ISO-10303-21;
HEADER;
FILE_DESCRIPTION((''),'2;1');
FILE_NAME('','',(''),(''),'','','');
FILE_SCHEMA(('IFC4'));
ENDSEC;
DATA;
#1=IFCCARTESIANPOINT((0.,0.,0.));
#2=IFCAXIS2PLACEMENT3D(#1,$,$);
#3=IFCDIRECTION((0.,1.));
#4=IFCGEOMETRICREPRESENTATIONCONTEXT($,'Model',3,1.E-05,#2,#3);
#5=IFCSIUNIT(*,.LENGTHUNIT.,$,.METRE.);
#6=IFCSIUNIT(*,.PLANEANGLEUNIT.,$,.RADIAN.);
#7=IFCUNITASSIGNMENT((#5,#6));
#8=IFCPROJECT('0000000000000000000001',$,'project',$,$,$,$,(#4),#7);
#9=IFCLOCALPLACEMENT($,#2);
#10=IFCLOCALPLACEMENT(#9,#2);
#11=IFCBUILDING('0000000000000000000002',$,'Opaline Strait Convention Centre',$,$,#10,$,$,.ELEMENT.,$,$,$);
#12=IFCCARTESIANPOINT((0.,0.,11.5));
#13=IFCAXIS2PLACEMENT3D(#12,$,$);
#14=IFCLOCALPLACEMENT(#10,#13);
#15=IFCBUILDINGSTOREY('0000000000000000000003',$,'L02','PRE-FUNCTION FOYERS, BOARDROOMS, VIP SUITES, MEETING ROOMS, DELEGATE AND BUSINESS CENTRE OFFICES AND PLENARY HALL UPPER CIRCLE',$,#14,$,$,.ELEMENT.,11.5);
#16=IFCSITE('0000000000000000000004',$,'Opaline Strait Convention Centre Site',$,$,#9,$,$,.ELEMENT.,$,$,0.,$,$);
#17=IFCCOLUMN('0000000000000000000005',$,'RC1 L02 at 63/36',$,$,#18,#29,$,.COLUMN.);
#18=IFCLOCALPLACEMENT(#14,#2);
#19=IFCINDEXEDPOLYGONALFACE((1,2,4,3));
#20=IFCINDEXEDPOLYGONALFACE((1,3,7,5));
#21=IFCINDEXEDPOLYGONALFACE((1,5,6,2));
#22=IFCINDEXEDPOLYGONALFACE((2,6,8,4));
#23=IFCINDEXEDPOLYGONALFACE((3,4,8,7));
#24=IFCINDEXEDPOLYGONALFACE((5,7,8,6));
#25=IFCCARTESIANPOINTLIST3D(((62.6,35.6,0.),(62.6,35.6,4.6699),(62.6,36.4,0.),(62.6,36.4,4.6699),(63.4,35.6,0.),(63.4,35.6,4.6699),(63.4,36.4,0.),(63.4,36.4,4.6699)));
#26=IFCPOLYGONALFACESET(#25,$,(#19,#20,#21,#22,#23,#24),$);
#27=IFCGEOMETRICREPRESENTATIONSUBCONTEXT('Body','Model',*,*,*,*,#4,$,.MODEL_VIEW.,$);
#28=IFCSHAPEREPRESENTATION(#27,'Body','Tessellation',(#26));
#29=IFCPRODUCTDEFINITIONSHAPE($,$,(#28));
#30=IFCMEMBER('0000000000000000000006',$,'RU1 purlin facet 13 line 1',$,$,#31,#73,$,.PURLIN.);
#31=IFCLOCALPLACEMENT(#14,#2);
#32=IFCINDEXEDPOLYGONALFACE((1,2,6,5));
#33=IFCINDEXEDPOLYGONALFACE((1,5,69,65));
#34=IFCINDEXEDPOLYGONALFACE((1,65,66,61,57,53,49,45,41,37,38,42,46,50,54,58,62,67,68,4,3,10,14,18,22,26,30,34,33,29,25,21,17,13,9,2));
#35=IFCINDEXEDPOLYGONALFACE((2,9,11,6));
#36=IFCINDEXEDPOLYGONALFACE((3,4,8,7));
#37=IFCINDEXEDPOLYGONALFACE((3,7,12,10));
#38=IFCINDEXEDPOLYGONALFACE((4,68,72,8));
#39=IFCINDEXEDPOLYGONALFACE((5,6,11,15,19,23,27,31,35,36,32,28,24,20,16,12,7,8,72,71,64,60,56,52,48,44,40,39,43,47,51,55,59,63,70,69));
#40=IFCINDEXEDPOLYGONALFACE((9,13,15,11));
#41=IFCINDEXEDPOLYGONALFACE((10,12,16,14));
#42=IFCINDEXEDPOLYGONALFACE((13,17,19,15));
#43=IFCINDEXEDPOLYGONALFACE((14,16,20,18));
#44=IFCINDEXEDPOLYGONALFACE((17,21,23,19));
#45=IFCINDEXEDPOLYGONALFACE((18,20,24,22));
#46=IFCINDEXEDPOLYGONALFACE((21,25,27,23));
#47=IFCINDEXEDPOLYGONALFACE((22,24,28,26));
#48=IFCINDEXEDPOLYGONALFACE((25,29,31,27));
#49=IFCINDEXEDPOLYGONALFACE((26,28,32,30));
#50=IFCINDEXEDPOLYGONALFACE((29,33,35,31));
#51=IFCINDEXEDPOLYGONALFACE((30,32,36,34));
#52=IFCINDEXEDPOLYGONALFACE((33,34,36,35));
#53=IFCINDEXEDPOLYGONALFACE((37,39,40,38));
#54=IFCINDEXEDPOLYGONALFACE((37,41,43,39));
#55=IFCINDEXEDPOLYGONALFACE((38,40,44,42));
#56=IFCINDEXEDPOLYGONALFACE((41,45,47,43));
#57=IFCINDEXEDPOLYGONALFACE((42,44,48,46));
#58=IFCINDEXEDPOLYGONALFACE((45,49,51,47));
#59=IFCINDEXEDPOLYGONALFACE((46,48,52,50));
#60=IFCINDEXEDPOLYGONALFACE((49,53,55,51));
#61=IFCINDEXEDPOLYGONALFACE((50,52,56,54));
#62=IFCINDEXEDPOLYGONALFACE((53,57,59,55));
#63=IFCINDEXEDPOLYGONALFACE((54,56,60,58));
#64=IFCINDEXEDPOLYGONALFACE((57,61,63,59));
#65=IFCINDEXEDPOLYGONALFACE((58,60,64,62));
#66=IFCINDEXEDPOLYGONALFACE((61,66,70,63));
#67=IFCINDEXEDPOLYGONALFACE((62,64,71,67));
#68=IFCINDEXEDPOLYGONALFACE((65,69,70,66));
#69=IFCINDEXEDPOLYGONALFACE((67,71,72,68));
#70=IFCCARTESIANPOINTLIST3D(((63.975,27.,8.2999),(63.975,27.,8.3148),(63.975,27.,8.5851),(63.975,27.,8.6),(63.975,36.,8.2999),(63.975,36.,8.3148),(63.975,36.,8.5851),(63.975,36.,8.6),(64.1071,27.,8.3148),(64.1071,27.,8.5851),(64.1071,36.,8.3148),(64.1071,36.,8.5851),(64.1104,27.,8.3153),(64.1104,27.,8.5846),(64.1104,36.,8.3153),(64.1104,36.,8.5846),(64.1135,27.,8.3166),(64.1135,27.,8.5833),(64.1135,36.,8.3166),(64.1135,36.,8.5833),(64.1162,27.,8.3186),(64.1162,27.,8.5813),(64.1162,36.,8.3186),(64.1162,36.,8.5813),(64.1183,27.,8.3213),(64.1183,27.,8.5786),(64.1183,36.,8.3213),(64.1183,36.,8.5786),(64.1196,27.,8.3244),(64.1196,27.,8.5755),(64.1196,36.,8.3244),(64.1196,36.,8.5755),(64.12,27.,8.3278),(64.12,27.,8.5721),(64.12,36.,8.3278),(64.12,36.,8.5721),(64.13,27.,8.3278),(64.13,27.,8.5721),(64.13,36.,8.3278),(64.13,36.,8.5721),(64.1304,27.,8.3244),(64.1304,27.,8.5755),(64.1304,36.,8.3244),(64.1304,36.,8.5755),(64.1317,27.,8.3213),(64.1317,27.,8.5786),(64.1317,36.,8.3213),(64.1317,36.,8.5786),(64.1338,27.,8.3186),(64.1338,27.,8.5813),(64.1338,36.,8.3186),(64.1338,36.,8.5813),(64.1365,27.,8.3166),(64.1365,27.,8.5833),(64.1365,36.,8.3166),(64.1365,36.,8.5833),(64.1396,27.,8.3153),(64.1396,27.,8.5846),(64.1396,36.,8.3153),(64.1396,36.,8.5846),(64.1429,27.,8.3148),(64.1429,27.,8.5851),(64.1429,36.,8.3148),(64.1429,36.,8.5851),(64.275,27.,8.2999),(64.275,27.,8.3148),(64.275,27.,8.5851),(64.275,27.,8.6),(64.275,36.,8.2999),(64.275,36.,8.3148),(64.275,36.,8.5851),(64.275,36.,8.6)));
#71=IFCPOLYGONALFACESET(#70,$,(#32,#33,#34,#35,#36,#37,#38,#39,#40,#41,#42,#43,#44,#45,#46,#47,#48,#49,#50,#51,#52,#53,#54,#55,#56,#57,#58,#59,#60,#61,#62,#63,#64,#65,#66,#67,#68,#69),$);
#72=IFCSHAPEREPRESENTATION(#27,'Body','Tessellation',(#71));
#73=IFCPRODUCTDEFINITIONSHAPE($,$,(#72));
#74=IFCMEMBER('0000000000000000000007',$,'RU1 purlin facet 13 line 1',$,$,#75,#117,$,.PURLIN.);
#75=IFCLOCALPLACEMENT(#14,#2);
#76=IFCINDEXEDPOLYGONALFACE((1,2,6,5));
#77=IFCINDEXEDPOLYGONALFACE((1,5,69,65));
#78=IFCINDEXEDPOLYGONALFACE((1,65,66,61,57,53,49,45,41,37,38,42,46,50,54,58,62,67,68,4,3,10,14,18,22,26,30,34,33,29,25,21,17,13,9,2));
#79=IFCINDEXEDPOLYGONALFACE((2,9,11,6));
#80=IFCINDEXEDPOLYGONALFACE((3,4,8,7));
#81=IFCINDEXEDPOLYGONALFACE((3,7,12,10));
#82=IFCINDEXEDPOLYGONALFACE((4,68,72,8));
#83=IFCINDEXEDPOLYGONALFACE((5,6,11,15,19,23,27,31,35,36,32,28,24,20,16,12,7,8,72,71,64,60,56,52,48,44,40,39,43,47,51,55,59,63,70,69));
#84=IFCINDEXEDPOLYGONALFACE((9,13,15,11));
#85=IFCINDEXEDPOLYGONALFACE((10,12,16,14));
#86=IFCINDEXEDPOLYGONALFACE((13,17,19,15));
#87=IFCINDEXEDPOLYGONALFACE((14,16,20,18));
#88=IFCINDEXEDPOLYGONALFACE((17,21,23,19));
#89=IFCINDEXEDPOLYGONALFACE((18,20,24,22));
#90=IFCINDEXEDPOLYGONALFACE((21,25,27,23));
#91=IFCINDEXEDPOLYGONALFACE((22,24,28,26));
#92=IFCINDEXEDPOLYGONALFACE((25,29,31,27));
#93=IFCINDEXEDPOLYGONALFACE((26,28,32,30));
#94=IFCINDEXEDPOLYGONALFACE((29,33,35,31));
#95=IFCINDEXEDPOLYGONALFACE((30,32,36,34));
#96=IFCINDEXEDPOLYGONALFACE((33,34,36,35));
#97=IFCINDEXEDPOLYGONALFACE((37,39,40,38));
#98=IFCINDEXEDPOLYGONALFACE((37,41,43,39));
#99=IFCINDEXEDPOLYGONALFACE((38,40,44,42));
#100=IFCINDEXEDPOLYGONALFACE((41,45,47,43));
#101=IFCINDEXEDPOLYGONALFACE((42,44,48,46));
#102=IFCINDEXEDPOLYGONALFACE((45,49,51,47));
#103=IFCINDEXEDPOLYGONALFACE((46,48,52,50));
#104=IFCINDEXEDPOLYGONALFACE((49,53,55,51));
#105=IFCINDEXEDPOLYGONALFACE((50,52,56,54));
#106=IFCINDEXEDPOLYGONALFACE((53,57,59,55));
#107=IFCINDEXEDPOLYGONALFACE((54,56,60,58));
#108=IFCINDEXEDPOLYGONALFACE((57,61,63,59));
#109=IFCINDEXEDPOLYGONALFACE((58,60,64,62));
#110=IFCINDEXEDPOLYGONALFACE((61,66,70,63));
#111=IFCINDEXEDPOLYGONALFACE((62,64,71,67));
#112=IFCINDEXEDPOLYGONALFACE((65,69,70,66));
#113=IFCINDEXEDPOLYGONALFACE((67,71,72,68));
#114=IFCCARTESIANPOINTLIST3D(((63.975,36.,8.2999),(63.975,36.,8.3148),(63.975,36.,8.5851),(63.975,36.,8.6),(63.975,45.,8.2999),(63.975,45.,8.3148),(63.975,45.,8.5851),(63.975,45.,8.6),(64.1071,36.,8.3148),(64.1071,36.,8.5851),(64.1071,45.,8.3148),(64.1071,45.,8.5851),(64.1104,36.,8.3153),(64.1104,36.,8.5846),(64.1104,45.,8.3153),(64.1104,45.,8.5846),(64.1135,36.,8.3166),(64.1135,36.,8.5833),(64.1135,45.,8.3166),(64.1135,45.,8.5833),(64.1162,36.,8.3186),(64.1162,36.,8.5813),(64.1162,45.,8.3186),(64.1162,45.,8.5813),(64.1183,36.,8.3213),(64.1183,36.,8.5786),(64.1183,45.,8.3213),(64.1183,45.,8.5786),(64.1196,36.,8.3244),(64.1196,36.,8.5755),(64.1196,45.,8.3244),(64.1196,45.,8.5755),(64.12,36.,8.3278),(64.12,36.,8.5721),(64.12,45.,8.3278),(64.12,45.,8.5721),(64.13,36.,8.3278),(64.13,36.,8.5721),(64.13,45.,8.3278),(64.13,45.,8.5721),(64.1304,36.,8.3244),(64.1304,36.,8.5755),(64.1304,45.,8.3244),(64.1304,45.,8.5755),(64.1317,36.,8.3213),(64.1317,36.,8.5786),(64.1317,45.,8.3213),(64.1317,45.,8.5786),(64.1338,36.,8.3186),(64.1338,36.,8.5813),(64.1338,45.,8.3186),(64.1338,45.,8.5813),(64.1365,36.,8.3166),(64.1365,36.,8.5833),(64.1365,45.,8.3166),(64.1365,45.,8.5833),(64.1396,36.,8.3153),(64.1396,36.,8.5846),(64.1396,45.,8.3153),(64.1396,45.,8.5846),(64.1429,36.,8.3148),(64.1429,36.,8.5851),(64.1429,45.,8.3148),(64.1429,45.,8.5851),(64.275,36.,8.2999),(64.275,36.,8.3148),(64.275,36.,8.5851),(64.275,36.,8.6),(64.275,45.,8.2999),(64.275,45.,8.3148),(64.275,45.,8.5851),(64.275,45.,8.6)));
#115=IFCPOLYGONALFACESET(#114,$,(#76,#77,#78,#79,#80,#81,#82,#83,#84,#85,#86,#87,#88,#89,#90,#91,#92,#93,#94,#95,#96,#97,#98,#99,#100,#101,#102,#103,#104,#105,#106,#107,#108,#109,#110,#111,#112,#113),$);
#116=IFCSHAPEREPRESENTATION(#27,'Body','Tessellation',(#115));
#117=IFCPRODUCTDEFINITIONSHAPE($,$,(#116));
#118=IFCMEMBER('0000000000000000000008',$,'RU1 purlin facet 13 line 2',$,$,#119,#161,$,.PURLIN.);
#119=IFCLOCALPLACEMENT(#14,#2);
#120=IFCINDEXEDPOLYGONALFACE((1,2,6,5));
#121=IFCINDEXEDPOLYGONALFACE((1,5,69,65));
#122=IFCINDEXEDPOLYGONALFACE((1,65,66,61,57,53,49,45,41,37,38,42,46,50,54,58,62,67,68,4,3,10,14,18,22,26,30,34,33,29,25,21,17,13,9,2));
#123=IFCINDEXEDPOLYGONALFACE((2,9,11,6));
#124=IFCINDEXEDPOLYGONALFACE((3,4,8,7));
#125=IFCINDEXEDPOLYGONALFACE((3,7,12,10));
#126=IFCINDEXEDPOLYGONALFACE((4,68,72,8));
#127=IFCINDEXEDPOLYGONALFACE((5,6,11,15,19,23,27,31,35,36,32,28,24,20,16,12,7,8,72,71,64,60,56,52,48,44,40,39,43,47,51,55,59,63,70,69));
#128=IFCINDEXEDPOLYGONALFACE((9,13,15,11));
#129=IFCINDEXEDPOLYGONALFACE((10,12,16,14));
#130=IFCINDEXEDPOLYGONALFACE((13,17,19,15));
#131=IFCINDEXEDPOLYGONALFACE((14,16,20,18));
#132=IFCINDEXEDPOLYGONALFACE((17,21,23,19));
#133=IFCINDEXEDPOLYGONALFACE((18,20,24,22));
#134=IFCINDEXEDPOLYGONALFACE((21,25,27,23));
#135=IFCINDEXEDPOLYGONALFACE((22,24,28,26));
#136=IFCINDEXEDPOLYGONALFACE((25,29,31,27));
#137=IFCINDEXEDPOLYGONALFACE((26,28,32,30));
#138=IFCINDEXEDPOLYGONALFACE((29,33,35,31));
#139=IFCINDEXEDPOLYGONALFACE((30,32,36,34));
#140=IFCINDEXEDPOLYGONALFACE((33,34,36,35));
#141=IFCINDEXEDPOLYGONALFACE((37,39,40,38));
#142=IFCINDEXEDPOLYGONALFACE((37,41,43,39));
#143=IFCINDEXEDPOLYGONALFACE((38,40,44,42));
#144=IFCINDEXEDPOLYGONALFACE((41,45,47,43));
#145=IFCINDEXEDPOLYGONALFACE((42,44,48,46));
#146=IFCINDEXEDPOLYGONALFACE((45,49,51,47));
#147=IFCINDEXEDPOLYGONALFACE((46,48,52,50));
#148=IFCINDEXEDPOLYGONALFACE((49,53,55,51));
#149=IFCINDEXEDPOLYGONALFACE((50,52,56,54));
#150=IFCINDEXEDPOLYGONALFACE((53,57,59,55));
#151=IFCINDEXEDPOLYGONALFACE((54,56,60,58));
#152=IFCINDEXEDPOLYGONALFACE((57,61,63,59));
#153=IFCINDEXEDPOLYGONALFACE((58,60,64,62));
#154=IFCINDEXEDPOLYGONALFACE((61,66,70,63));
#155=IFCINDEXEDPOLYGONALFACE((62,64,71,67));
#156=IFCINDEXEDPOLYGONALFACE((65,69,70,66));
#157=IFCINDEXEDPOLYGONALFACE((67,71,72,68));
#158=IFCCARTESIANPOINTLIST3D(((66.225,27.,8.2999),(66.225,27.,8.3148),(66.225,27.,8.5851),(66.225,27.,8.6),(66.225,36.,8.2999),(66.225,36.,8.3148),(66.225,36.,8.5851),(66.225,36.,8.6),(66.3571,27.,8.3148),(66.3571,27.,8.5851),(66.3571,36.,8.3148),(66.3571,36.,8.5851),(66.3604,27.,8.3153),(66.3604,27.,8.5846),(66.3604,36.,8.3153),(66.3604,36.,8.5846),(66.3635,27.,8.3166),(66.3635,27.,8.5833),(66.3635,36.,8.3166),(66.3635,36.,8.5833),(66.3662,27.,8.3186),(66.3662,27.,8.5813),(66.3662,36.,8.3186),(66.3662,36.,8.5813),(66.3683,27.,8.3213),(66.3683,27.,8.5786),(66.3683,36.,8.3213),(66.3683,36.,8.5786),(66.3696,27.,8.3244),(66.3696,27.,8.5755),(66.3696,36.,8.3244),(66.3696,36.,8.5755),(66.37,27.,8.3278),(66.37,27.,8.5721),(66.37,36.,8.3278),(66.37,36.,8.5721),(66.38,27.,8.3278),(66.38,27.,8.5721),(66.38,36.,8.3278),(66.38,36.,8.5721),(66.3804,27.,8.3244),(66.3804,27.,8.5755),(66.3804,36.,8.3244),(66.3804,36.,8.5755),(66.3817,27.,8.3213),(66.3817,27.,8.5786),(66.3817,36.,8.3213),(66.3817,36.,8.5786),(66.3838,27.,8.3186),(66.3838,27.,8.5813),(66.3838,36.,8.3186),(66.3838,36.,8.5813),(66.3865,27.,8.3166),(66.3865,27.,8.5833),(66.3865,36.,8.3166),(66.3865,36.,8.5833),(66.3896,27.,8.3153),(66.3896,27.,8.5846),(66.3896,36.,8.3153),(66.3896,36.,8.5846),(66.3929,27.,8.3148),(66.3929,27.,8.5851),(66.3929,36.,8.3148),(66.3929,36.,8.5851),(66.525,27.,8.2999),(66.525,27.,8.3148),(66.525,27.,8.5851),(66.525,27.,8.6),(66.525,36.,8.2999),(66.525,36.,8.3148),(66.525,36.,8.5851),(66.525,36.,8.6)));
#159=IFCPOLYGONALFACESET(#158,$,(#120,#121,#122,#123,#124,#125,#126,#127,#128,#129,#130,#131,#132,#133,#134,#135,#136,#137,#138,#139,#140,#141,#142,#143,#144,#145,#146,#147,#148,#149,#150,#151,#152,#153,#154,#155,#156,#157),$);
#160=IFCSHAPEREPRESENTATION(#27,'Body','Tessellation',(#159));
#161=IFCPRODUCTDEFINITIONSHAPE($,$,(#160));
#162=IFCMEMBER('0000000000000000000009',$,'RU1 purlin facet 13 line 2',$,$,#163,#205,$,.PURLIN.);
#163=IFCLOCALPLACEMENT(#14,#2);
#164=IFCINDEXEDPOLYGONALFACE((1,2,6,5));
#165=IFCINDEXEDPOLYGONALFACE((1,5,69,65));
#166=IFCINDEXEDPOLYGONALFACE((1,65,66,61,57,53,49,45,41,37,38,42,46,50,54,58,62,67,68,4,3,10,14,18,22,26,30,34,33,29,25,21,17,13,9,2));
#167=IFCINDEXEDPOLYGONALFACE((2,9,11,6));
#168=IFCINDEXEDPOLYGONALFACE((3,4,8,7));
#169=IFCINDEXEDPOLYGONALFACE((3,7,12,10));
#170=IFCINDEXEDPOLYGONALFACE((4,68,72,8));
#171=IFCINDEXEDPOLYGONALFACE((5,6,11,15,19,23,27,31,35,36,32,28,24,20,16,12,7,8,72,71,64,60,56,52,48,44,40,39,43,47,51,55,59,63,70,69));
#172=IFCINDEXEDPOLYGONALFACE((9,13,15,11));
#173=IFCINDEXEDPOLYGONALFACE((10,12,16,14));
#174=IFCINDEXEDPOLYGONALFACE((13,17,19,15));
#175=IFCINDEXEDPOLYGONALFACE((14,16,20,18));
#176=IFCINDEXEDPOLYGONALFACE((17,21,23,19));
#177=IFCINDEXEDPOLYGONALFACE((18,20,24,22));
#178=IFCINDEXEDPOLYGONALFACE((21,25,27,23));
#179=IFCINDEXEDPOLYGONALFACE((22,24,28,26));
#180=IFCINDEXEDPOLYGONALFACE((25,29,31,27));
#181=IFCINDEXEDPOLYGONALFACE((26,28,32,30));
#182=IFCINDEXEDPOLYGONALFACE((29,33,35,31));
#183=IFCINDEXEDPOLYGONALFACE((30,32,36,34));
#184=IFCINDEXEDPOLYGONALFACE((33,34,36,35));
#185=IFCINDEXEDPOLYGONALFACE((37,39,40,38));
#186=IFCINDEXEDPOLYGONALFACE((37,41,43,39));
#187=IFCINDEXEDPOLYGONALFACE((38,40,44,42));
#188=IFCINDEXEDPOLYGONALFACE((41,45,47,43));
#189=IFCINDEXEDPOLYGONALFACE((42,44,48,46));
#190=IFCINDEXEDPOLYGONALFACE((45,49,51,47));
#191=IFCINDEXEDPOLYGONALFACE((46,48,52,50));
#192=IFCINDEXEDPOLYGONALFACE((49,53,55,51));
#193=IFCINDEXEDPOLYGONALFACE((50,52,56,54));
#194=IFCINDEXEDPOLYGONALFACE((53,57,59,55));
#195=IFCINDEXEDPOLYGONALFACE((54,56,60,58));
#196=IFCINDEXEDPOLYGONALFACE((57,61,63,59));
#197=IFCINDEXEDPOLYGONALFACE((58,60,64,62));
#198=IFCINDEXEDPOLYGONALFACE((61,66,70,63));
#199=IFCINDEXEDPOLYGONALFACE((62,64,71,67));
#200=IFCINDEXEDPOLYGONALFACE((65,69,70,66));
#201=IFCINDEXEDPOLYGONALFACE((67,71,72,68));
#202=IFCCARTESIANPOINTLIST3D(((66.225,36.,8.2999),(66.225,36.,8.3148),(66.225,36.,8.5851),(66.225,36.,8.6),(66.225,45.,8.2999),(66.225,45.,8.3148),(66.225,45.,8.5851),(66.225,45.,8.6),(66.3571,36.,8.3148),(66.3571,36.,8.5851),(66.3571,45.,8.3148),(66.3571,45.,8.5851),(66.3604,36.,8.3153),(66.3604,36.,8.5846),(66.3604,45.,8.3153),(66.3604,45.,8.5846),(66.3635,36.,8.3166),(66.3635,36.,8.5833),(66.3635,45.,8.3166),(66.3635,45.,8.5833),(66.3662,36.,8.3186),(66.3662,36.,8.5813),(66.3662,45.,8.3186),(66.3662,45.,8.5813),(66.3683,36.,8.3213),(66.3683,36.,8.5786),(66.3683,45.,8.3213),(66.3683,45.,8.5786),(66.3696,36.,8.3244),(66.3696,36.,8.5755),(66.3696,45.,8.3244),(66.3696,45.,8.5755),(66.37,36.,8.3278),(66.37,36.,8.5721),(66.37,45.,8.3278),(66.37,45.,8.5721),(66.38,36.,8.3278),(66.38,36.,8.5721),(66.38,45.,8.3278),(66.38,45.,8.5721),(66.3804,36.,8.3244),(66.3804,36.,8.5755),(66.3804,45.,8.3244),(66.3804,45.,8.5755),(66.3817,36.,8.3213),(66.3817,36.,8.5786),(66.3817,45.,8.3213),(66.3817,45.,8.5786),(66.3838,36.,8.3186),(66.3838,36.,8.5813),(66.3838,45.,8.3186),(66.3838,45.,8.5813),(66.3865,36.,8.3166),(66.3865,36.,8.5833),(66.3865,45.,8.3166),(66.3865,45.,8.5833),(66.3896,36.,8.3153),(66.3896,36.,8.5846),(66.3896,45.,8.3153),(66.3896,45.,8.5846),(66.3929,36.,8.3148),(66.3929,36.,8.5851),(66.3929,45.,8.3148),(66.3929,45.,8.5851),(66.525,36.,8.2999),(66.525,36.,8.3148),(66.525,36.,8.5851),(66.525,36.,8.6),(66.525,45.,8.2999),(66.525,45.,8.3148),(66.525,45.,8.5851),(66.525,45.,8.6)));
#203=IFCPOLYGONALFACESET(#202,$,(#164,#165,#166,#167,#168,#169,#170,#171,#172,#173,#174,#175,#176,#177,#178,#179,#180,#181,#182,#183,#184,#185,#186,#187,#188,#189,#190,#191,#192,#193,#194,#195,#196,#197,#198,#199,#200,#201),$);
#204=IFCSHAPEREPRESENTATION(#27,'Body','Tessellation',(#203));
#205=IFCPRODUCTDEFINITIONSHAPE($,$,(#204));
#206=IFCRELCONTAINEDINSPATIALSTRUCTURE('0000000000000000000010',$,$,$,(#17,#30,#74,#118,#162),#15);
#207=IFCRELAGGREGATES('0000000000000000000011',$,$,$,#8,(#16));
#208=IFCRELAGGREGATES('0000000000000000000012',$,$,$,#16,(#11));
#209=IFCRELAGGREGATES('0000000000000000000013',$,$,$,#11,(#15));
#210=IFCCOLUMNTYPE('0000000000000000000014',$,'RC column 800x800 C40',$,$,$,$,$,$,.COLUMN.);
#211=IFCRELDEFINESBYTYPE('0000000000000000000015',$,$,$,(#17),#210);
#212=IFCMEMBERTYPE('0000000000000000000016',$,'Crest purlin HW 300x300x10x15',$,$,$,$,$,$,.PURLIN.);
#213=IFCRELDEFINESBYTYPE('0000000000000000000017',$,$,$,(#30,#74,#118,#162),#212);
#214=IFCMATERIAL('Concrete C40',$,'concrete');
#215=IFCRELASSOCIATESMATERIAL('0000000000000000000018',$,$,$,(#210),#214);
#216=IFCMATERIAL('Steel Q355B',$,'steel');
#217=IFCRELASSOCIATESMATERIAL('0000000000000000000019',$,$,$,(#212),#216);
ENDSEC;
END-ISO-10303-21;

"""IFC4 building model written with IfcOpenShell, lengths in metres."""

from ifc_helpers import new_model, si_unit, direction, frame, origin, origin_2d, place, context, subcontext, project, spatial, rectangle, i_section, extrude, material, material_profile, profile_set, type_object, element, save


model = new_model("IFC4")

# Units and contexts
model_context = context("Model", 3, precision=1e-05, world=origin(), true_north=direction((0.0, 1.0)))
body_context = subcontext(model_context, "Body", "Model", "MODEL_VIEW")
ifc_project = project(units=[si_unit("LENGTHUNIT", "METRE"), si_unit("PLANEANGLEUNIT", "RADIAN")], contexts=[model_context])

# Site, building, storey
site_placement = place(None, origin())
site = spatial("IfcSite", under=ifc_project, at=site_placement, Name="Opaline Strait Convention Centre Site", CompositionType="ELEMENT", RefElevation=0.0)
building_placement = place(site_placement, origin())
building = spatial("IfcBuilding", under=site, at=building_placement, Name="Opaline Strait Convention Centre", CompositionType="ELEMENT")
storey_placement = place(building_placement, frame((0.0, 0.0, 11.5)))
storey = spatial("IfcBuildingStorey", under=building, at=storey_placement, Name="L02", Description="PRE-FUNCTION FOYERS, BOARDROOMS, VIP SUITES, MEETING ROOMS, DELEGATE AND BUSINESS CENTRE OFFICES AND PLENARY HALL UPPER CIRCLE", CompositionType="ELEMENT", Elevation=11.5)

# Column
ifc_material_1 = material(Name="Concrete C40", Category="concrete")
ifc_material_profile_1 = material_profile(ifc_material_1, rectangle(XDim=0.8, YDim=0.8, at=origin_2d()), Name="RC 800x800")
ifc_profile_set_1 = profile_set([ifc_material_profile_1], Name="Concrete C40")
column_type = type_object("IfcColumnType", Name="RC column 800x800 C40", PredefinedType="COLUMN", material=ifc_profile_set_1)
column_placement = place(storey_placement, frame((63.0, 36.0, 0.0), z_axis=(0.0, 0.0, 1.0), x_axis=(1.0, 0.0, 0.0)))
element("IfcColumn", 1, at=column_placement, inside=storey, type_object=column_type, Name="RC1 L02 at 63/36", PredefinedType="COLUMN", context=body_context, shape_type="SweptSolid", body=[
    extrude(rectangle(XDim=0.8, YDim=0.8, at=origin_2d()), origin(), (0.0, 0.0, 1.0), 4.6699),
])

# Members
ifc_material_2 = material(Name="Steel Q355B", Category="steel")
ifc_material_profile_2 = material_profile(ifc_material_2, i_section(OverallWidth=0.3, OverallDepth=0.3, WebThickness=0.01, FlangeThickness=0.0149, FilletRadius=0.0129, at=origin_2d()), Name="HW 300x300x10x15")
ifc_profile_set_2 = profile_set([ifc_material_profile_2], Name="Steel Q355B")
member_type_1 = type_object("IfcMemberType", Name="Crest purlin HW 300x300x10x15", PredefinedType="PURLIN", material=ifc_profile_set_2)
for number, where, z_axis, x_axis, name in (
    (2, (64.125, 27.0, 8.45), (0.0, 1.0, 0.0), (-1.0, 0.0, 0.0), "RU1 purlin facet 13 line 1"),
    (3, (64.125, 36.0, 8.45), (0.0, 1.0, 0.0), (-1.0, 0.0, 0.0), "RU1 purlin facet 13 line 1"),
    (4, (66.375, 27.0, 8.45), (0.0, 1.0, 0.0), (-1.0, 0.0, 0.0), "RU1 purlin facet 13 line 2"),
    (5, (66.375, 36.0, 8.45), (0.0, 1.0, 0.0), (-1.0, 0.0, 0.0), "RU1 purlin facet 13 line 2"),
):
    element("IfcMember", number, at=place(storey_placement, frame(where, z_axis=z_axis, x_axis=x_axis)), inside=storey, type_object=member_type_1, Name=name, PredefinedType="PURLIN", context=body_context, shape_type="SweptSolid", body=[
        extrude(i_section(OverallWidth=0.3, OverallDepth=0.3, WebThickness=0.01, FlangeThickness=0.0149, FilletRadius=0.0129, at=origin_2d()), origin(), (0.0, 0.0, 1.0), 9.0),
    ])

save(model, "model.ifc")
